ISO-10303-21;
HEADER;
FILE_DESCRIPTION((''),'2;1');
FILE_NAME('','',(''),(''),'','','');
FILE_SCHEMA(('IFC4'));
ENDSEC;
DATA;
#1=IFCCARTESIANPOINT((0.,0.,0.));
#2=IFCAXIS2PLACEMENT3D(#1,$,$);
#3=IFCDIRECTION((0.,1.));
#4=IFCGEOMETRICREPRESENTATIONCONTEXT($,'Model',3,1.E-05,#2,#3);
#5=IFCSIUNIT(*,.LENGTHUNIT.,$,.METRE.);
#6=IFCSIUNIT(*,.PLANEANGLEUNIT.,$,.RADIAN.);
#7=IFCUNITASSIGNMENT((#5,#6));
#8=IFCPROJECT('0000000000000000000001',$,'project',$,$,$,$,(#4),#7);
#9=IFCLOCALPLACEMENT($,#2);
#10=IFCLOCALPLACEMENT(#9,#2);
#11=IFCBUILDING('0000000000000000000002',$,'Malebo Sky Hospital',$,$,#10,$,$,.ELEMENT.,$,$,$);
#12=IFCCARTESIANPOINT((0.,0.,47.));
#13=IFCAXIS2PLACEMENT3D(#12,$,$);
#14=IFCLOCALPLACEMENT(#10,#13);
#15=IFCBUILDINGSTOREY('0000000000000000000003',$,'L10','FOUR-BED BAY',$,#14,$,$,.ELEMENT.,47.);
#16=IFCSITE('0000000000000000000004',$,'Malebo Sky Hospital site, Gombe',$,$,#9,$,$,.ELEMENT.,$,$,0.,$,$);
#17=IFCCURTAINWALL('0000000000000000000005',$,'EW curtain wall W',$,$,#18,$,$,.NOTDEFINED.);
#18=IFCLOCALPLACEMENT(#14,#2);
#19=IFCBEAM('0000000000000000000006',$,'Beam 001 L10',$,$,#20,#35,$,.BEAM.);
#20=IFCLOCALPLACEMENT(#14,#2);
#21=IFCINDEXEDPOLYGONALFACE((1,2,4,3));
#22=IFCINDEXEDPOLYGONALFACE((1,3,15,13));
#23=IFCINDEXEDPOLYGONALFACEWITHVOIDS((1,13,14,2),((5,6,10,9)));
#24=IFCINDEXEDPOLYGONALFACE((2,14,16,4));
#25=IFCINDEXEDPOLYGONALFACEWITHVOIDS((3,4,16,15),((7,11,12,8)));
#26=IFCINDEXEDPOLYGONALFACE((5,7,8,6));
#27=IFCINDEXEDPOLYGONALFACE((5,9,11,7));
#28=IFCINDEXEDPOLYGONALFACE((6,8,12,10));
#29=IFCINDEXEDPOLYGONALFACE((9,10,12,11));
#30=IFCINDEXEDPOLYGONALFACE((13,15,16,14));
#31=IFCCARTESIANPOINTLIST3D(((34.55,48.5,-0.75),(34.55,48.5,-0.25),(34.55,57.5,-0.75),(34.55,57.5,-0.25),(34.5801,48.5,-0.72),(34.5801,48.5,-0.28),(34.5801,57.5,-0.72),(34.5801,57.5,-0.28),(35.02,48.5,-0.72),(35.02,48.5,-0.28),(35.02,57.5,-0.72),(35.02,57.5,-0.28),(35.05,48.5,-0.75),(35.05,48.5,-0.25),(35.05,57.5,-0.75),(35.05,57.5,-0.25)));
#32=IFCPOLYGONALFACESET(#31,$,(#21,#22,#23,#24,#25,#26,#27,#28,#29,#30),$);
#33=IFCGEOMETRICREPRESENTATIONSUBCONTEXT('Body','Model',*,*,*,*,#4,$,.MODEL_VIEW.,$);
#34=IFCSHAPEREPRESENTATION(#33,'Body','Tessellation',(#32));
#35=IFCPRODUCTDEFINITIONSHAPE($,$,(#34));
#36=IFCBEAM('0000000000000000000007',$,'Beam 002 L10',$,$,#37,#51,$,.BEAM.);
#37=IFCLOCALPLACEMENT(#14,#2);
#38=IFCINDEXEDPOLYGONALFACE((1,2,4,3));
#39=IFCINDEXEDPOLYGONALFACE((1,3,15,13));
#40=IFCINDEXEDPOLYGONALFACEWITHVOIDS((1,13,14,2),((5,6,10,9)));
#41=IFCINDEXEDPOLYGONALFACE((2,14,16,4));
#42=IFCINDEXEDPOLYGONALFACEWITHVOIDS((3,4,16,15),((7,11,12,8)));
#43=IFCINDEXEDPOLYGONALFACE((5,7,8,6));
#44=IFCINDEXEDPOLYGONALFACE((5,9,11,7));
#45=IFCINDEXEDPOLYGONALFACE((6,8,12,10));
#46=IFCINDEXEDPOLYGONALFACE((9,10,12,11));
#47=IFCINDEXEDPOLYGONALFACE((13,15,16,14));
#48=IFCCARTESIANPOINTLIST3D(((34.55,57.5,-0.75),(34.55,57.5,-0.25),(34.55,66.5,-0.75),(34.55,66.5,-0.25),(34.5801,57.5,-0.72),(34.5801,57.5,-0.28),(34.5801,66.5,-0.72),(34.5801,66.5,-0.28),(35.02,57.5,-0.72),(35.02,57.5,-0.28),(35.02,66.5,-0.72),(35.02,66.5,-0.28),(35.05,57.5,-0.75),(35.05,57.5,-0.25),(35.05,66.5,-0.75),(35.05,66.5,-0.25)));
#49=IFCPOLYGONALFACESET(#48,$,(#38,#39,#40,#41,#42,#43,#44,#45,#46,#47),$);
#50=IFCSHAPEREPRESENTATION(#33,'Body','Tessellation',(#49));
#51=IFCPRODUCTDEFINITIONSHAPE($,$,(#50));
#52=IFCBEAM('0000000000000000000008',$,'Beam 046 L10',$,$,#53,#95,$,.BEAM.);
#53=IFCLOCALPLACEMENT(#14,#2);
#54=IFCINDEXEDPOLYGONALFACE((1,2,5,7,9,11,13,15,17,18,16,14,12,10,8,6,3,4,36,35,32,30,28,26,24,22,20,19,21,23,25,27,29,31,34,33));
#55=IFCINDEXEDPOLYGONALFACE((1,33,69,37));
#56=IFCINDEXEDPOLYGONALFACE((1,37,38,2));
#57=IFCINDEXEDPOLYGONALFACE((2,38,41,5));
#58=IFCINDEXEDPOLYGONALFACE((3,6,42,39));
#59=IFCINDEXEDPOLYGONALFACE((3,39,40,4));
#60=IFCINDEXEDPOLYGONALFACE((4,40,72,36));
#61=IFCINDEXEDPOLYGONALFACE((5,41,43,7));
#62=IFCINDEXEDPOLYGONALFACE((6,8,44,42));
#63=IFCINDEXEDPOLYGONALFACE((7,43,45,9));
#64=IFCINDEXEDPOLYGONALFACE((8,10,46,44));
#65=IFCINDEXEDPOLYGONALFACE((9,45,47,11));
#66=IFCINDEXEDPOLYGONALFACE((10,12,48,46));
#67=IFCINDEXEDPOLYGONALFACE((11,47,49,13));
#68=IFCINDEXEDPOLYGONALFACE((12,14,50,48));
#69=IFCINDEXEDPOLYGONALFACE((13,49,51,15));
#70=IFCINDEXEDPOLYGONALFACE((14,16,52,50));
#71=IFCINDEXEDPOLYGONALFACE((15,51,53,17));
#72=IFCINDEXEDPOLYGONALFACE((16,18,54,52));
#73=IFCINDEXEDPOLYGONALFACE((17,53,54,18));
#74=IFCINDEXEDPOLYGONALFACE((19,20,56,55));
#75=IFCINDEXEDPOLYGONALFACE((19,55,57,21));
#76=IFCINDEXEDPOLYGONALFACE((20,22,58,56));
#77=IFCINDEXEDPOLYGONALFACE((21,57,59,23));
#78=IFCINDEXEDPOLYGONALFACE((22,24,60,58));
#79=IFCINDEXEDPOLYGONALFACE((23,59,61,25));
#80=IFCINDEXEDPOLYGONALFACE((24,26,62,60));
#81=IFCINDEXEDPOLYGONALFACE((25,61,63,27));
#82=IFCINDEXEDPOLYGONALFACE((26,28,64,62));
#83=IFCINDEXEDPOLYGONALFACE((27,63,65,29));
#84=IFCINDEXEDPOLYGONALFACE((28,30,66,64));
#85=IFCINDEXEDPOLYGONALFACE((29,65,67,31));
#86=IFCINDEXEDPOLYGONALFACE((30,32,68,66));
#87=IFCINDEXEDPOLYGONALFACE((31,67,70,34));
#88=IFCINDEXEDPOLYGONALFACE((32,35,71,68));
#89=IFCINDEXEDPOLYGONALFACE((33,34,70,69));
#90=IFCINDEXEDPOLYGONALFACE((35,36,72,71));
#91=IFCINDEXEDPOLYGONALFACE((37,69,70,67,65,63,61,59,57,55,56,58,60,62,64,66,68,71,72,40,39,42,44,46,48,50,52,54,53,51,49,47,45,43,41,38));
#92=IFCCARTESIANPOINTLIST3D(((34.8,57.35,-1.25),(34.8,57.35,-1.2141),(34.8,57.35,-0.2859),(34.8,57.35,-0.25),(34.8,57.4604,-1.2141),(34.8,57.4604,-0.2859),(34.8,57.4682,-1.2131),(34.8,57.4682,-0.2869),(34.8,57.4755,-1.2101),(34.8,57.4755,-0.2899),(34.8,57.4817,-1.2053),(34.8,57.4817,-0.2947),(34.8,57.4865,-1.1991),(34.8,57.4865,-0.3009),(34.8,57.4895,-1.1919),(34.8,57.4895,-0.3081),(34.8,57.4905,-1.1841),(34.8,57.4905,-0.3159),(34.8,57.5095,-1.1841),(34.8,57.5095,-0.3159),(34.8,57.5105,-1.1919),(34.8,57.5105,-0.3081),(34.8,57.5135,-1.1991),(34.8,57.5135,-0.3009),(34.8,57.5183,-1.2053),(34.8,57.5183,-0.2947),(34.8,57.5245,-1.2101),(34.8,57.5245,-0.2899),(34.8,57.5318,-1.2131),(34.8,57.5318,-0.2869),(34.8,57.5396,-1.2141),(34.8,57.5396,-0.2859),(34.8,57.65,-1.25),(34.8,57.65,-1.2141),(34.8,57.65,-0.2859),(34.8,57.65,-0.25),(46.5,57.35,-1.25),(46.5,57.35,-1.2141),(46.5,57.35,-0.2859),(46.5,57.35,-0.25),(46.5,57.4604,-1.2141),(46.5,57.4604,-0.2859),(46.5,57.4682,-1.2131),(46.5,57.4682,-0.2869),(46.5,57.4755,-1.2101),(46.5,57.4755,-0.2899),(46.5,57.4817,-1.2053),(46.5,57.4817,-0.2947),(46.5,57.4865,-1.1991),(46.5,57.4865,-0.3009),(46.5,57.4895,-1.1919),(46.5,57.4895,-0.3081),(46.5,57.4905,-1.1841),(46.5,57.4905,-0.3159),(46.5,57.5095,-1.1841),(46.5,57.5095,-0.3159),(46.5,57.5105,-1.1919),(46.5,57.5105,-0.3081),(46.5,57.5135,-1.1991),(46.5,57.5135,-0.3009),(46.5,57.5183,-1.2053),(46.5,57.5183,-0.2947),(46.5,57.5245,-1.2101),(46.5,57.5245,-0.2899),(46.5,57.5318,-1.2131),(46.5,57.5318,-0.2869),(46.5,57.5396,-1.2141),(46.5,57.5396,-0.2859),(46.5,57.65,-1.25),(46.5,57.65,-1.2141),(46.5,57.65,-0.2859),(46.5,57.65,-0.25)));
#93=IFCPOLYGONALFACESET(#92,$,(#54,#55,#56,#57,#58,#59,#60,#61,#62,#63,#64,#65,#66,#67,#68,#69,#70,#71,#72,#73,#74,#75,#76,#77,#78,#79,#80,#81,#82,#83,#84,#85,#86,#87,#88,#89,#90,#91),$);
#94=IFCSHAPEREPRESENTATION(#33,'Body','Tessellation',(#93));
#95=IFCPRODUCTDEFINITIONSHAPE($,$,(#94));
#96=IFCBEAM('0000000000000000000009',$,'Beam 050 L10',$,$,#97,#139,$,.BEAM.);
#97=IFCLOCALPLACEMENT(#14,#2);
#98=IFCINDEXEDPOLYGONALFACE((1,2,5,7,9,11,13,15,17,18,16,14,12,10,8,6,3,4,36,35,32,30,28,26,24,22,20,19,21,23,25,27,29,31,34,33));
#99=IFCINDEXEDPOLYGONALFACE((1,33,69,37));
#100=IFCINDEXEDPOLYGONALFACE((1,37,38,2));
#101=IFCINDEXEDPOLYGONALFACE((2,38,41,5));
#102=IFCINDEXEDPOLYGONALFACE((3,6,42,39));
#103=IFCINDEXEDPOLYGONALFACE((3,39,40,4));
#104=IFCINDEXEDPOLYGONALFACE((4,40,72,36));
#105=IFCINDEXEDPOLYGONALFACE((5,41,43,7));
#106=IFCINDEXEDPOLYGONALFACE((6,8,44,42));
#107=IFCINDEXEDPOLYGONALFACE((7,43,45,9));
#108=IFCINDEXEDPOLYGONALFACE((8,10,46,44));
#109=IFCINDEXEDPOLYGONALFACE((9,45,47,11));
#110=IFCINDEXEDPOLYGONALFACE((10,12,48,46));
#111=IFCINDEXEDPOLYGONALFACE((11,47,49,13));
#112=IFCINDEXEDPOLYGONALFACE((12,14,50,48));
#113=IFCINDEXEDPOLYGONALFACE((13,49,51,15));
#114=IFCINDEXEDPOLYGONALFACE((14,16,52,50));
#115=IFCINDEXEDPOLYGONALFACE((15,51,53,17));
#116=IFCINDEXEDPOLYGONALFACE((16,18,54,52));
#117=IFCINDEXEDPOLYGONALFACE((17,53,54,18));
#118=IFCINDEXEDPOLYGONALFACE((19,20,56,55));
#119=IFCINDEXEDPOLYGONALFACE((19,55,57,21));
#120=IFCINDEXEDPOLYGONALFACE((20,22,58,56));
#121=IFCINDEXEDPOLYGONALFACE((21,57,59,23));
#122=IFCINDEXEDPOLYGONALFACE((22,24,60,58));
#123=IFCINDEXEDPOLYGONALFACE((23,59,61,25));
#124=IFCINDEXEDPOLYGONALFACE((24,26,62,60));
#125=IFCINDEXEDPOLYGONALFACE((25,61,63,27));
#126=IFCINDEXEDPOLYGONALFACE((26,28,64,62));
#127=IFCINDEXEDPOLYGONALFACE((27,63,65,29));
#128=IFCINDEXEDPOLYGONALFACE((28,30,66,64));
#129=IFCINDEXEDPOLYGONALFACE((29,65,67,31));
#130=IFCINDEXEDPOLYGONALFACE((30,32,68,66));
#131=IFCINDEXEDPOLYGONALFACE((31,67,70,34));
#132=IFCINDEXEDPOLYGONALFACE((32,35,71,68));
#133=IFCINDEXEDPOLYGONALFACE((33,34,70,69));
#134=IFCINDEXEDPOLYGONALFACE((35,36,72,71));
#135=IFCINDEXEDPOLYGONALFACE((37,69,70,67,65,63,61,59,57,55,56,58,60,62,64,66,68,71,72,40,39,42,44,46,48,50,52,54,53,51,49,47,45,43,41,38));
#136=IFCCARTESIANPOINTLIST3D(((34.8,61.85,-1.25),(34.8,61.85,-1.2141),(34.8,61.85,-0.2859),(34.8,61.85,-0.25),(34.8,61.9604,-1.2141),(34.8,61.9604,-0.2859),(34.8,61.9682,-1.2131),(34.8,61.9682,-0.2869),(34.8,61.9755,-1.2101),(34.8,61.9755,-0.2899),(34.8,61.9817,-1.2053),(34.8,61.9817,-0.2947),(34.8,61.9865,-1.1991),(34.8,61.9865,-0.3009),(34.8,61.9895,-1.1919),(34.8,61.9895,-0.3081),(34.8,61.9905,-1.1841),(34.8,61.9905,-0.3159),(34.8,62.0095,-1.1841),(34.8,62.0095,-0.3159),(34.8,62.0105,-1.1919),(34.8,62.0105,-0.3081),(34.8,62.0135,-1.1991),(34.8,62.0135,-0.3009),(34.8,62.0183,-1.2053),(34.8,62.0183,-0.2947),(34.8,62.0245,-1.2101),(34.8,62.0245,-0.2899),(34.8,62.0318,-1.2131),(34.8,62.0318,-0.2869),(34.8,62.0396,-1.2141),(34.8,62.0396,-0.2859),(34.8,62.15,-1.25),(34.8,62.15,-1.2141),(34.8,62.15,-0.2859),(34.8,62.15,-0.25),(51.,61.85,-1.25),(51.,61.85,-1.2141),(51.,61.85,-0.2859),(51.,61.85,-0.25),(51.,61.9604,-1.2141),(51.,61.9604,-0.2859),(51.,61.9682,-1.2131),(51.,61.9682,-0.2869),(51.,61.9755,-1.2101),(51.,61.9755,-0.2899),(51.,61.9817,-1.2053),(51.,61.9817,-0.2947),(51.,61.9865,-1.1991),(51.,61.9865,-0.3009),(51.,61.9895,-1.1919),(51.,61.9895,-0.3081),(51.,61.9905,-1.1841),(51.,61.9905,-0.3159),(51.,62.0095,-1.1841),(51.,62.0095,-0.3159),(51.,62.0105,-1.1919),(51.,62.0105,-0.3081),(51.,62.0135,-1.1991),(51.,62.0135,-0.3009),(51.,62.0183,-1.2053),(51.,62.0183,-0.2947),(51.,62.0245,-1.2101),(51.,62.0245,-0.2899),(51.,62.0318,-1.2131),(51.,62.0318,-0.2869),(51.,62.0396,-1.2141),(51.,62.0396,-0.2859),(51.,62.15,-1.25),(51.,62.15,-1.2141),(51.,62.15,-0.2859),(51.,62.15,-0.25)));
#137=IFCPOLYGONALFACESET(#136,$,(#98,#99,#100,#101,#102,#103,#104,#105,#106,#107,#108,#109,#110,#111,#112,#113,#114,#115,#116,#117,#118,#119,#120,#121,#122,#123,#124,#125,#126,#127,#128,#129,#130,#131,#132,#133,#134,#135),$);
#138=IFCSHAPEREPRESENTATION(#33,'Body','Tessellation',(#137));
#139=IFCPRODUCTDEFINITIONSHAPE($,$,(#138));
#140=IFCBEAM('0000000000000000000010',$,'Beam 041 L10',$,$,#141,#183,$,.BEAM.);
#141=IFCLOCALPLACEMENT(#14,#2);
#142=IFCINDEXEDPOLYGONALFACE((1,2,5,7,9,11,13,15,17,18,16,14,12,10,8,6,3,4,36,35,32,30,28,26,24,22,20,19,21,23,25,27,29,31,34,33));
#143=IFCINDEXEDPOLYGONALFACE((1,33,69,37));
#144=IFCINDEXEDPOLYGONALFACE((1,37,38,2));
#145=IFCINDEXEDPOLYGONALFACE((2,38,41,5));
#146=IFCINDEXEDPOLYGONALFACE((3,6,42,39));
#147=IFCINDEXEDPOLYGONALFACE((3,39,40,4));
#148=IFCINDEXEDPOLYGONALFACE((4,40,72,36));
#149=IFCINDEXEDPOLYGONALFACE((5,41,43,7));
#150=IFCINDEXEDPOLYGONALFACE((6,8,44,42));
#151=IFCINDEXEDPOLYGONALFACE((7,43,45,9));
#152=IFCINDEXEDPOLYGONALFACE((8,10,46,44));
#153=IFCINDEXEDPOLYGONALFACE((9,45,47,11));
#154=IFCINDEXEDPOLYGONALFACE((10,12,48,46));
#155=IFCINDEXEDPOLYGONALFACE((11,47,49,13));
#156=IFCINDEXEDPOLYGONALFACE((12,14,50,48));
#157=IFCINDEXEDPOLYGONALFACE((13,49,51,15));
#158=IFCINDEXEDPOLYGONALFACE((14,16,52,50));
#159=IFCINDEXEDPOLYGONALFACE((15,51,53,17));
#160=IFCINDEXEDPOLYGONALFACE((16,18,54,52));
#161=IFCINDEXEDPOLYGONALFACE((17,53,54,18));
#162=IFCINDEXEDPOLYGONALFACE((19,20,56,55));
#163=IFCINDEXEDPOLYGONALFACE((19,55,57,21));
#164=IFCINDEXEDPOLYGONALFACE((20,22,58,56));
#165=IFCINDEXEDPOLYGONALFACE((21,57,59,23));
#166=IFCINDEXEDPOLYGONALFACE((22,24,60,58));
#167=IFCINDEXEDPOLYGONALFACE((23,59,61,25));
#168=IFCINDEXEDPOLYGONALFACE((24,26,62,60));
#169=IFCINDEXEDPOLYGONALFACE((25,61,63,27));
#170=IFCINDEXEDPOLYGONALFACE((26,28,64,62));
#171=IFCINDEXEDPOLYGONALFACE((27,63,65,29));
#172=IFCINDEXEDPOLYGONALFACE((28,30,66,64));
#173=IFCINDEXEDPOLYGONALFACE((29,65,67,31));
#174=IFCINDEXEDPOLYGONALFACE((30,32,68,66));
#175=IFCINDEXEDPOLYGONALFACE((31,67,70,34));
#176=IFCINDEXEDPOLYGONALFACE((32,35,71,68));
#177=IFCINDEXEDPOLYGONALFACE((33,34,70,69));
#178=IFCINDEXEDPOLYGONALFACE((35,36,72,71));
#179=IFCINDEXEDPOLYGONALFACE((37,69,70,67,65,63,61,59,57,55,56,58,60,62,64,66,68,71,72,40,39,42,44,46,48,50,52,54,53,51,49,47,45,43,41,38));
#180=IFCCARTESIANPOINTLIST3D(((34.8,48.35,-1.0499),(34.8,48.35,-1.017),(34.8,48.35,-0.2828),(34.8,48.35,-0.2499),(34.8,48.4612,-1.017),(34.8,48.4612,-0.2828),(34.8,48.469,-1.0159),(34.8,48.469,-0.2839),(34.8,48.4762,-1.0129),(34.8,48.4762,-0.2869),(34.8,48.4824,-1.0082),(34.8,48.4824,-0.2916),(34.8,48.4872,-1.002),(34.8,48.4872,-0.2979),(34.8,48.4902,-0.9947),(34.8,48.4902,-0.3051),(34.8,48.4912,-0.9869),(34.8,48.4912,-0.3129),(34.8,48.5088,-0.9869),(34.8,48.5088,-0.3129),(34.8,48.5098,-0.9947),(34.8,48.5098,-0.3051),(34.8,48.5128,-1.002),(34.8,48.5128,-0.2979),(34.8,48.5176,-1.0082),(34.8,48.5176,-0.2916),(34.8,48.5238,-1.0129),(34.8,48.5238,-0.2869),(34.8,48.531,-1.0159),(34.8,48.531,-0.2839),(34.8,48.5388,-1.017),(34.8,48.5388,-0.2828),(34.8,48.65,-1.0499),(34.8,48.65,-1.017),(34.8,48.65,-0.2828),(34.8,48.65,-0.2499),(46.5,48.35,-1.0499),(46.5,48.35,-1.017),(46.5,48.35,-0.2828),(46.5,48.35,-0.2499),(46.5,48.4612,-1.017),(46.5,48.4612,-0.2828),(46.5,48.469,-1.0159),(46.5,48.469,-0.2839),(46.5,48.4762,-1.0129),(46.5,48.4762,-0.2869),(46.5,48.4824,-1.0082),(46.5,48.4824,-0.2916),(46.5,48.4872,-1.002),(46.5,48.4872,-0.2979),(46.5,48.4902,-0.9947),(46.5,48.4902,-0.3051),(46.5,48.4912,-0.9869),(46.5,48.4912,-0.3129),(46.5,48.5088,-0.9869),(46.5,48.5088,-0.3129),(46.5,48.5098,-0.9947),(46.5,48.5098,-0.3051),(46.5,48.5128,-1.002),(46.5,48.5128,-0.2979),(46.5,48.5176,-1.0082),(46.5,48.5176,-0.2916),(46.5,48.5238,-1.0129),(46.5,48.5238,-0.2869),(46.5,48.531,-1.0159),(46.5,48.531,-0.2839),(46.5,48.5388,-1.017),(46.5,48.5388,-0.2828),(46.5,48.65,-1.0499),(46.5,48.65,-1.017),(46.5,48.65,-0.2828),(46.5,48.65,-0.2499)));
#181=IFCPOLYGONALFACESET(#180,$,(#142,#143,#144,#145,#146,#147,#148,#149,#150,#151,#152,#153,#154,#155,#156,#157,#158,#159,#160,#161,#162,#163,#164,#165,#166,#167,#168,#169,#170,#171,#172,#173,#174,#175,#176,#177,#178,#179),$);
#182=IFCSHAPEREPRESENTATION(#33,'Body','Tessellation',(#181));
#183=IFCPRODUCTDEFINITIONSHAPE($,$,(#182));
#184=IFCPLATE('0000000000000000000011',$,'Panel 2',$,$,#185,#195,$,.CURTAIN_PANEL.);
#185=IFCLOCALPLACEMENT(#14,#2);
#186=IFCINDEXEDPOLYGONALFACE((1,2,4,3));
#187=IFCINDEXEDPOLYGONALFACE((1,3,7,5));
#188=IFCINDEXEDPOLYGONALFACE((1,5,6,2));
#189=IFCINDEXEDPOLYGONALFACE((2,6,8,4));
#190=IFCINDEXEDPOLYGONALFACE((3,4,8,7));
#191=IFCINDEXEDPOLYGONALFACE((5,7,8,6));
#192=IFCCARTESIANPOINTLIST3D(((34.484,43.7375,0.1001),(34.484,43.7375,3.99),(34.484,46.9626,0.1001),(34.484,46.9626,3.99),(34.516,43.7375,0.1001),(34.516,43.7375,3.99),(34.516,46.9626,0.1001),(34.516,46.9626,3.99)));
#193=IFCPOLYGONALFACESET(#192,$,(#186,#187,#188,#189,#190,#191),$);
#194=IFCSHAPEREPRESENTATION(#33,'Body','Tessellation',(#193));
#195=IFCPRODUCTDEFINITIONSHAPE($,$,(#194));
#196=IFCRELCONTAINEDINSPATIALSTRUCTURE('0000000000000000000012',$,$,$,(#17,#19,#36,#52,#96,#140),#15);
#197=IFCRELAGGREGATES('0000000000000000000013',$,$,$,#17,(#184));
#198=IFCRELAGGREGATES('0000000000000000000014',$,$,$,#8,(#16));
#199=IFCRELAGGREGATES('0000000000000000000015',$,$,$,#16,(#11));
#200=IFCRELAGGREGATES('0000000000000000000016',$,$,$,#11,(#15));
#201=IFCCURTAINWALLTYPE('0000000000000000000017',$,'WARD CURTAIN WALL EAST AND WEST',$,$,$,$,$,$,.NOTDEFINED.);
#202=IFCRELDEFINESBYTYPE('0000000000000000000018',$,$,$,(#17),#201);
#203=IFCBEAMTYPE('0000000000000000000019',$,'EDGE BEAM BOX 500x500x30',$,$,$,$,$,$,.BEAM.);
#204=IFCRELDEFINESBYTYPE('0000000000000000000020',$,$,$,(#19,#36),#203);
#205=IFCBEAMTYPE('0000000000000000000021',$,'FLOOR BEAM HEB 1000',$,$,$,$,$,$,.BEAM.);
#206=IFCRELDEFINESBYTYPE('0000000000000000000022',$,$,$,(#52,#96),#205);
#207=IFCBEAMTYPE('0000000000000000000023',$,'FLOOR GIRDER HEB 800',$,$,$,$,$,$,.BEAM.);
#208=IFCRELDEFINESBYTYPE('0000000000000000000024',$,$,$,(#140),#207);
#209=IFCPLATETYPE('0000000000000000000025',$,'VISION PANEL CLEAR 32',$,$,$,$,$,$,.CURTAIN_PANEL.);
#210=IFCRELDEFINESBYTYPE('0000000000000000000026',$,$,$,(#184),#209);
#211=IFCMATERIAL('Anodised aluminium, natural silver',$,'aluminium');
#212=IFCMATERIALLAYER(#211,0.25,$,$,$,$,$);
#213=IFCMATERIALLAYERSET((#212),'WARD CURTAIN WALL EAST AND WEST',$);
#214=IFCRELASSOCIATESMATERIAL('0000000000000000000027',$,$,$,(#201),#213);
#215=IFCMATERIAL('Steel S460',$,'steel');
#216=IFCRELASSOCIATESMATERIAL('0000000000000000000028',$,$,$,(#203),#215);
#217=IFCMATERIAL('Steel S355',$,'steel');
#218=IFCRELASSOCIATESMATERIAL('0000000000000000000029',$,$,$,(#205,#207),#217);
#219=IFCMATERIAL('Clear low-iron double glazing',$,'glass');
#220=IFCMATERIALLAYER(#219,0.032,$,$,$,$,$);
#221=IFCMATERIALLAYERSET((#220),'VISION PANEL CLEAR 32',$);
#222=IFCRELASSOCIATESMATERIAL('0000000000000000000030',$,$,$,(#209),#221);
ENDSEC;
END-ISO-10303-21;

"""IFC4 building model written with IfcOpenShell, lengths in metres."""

from ifc_helpers import new_model, si_unit, direction, frame, origin, origin_2d, place, context, subcontext, project, spatial, rectangle, hollow_rectangle, i_section, extrude, material, layer, layer_set, material_profile, profile_set, type_object, element, aggregate, save


model = new_model("IFC4")

# Units and contexts
model_context = context("Model", 3, precision=1e-05, world=origin(), true_north=direction((0.0, 1.0)))
body_context = subcontext(model_context, "Body", "Model", "MODEL_VIEW")
ifc_project = project(units=[si_unit("LENGTHUNIT", "METRE"), si_unit("PLANEANGLEUNIT", "RADIAN")], contexts=[model_context])

# Site, building, storey
site_placement = place(None, origin())
site = spatial("IfcSite", under=ifc_project, at=site_placement, Name="Malebo Sky Hospital site, Gombe", CompositionType="ELEMENT", RefElevation=0.0)
building_placement = place(site_placement, origin())
building = spatial("IfcBuilding", under=site, at=building_placement, Name="Malebo Sky Hospital", CompositionType="ELEMENT")
storey_placement = place(building_placement, frame((0.0, 0.0, 47.0)))
storey = spatial("IfcBuildingStorey", under=building, at=storey_placement, Name="L10", Description="FOUR-BED BAY", CompositionType="ELEMENT", Elevation=47.0)

# Shared definitions
ifc_material_1 = material(Name="Steel S460", Category="steel")

# Curtain wall
ifc_material_2 = material(Name="Anodised aluminium, natural silver", Category="aluminium")
ifc_layer_1 = layer(ifc_material_2, 0.25)
ifc_layer_set_1 = layer_set([ifc_layer_1], Name="WARD CURTAIN WALL EAST AND WEST")
curtain_wall_type = type_object("IfcCurtainWallType", Name="WARD CURTAIN WALL EAST AND WEST", PredefinedType="NOTDEFINED", material=ifc_layer_set_1)
curtain_wall_placement = place(storey_placement, origin())
curtain_wall = element("IfcCurtainWall", 1, at=curtain_wall_placement, inside=storey, type_object=curtain_wall_type, Name="EW curtain wall W", PredefinedType="NOTDEFINED")

# Beams
ifc_material_profile_1 = material_profile(ifc_material_1, hollow_rectangle(XDim=0.5, YDim=0.5, WallThickness=0.03, at=origin_2d()), Name="BOX 500x500x30")
ifc_profile_set_1 = profile_set([ifc_material_profile_1], Name="Steel S460")
beam_type_1 = type_object("IfcBeamType", Name="EDGE BEAM BOX 500x500x30", PredefinedType="BEAM", material=ifc_profile_set_1)
for number, where, z_axis, x_axis, name in (
    (2, (34.8, 48.5, -0.5), (0.0, 1.0, 0.0), (-1.0, 0.0, 0.0), "Beam 001 L10"),
    (3, (34.8, 57.5, -0.5), (0.0, 1.0, 0.0), (-1.0, 0.0, 0.0), "Beam 002 L10"),
):
    element("IfcBeam", number, at=place(storey_placement, frame(where, z_axis=z_axis, x_axis=x_axis)), inside=storey, type_object=beam_type_1, Name=name, PredefinedType="BEAM", context=body_context, shape_type="SweptSolid", body=[
        extrude(hollow_rectangle(XDim=0.5, YDim=0.5, WallThickness=0.03, at=origin_2d()), origin(), (0.0, 0.0, 1.0), 9.0),
    ])
ifc_material_3 = material(Name="Steel S355", Category="steel")
ifc_material_profile_2 = material_profile(ifc_material_3, i_section(OverallWidth=0.3, OverallDepth=1.0, WebThickness=0.019, FlangeThickness=0.0359, FilletRadius=0.03, at=origin_2d()), Name="HEB 1000")
ifc_profile_set_2 = profile_set([ifc_material_profile_2], Name="Steel S355")
beam_type_2 = type_object("IfcBeamType", Name="FLOOR BEAM HEB 1000", PredefinedType="BEAM", material=ifc_profile_set_2)
beam_1_placement = place(storey_placement, frame((34.8, 57.5, -0.75), z_axis=(1.0, 0.0, 0.0), x_axis=(0.0, 1.0, 0.0)))
element("IfcBeam", 4, at=beam_1_placement, inside=storey, type_object=beam_type_2, Name="Beam 046 L10", PredefinedType="BEAM", context=body_context, shape_type="SweptSolid", body=[
    extrude(i_section(OverallWidth=0.3, OverallDepth=1.0, WebThickness=0.019, FlangeThickness=0.0359, FilletRadius=0.03, at=origin_2d()), origin(), (0.0, 0.0, 1.0), 11.7),
])
beam_2_placement = place(storey_placement, frame((34.8, 62.0, -0.75), z_axis=(1.0, 0.0, 0.0), x_axis=(0.0, 1.0, 0.0)))
element("IfcBeam", 5, at=beam_2_placement, inside=storey, type_object=beam_type_2, Name="Beam 050 L10", PredefinedType="BEAM", context=body_context, shape_type="SweptSolid", body=[
    extrude(i_section(OverallWidth=0.3, OverallDepth=1.0, WebThickness=0.019, FlangeThickness=0.0359, FilletRadius=0.03, at=origin_2d()), origin(), (0.0, 0.0, 1.0), 16.2),
])
ifc_material_profile_3 = material_profile(ifc_material_3, i_section(OverallWidth=0.3, OverallDepth=0.8, WebThickness=0.0176, FlangeThickness=0.033, FilletRadius=0.03, at=origin_2d()), Name="HEB 800")
ifc_profile_set_3 = profile_set([ifc_material_profile_3], Name="Steel S355")
beam_type_3 = type_object("IfcBeamType", Name="FLOOR GIRDER HEB 800", PredefinedType="BEAM", material=ifc_profile_set_3)
beam_3_placement = place(storey_placement, frame((34.8, 48.5, -0.6499), z_axis=(1.0, 0.0, 0.0), x_axis=(0.0, 1.0, 0.0)))
element("IfcBeam", 6, at=beam_3_placement, inside=storey, type_object=beam_type_3, Name="Beam 041 L10", PredefinedType="BEAM", context=body_context, shape_type="SweptSolid", body=[
    extrude(i_section(OverallWidth=0.3, OverallDepth=0.8, WebThickness=0.0176, FlangeThickness=0.033, FilletRadius=0.03, at=origin_2d()), origin(), (0.0, 0.0, 1.0), 11.7),
])

# Plate
ifc_material_4 = material(Name="Clear low-iron double glazing", Category="glass")
ifc_layer_2 = layer(ifc_material_4, 0.032)
ifc_layer_set_2 = layer_set([ifc_layer_2], Name="VISION PANEL CLEAR 32")
plate_type = type_object("IfcPlateType", Name="VISION PANEL CLEAR 32", PredefinedType="CURTAIN_PANEL", material=ifc_layer_set_2)
plate_1_placement = place(storey_placement, frame((34.5, 45.3501, 0.1001), z_axis=(0.0, 0.0, 1.0), x_axis=(0.0, 1.0, 0.0)))
plate_1 = element("IfcPlate", 7, at=plate_1_placement, type_object=plate_type, Name="Panel 2", PredefinedType="CURTAIN_PANEL", context=body_context, shape_type="SweptSolid", body=[
    extrude(rectangle(XDim=3.2251, YDim=0.032, at=origin_2d()), origin(), (0.0, 0.0, 1.0), 3.8899),
])
aggregate(curtain_wall, [plate_1])

save(model, "model.ifc")
